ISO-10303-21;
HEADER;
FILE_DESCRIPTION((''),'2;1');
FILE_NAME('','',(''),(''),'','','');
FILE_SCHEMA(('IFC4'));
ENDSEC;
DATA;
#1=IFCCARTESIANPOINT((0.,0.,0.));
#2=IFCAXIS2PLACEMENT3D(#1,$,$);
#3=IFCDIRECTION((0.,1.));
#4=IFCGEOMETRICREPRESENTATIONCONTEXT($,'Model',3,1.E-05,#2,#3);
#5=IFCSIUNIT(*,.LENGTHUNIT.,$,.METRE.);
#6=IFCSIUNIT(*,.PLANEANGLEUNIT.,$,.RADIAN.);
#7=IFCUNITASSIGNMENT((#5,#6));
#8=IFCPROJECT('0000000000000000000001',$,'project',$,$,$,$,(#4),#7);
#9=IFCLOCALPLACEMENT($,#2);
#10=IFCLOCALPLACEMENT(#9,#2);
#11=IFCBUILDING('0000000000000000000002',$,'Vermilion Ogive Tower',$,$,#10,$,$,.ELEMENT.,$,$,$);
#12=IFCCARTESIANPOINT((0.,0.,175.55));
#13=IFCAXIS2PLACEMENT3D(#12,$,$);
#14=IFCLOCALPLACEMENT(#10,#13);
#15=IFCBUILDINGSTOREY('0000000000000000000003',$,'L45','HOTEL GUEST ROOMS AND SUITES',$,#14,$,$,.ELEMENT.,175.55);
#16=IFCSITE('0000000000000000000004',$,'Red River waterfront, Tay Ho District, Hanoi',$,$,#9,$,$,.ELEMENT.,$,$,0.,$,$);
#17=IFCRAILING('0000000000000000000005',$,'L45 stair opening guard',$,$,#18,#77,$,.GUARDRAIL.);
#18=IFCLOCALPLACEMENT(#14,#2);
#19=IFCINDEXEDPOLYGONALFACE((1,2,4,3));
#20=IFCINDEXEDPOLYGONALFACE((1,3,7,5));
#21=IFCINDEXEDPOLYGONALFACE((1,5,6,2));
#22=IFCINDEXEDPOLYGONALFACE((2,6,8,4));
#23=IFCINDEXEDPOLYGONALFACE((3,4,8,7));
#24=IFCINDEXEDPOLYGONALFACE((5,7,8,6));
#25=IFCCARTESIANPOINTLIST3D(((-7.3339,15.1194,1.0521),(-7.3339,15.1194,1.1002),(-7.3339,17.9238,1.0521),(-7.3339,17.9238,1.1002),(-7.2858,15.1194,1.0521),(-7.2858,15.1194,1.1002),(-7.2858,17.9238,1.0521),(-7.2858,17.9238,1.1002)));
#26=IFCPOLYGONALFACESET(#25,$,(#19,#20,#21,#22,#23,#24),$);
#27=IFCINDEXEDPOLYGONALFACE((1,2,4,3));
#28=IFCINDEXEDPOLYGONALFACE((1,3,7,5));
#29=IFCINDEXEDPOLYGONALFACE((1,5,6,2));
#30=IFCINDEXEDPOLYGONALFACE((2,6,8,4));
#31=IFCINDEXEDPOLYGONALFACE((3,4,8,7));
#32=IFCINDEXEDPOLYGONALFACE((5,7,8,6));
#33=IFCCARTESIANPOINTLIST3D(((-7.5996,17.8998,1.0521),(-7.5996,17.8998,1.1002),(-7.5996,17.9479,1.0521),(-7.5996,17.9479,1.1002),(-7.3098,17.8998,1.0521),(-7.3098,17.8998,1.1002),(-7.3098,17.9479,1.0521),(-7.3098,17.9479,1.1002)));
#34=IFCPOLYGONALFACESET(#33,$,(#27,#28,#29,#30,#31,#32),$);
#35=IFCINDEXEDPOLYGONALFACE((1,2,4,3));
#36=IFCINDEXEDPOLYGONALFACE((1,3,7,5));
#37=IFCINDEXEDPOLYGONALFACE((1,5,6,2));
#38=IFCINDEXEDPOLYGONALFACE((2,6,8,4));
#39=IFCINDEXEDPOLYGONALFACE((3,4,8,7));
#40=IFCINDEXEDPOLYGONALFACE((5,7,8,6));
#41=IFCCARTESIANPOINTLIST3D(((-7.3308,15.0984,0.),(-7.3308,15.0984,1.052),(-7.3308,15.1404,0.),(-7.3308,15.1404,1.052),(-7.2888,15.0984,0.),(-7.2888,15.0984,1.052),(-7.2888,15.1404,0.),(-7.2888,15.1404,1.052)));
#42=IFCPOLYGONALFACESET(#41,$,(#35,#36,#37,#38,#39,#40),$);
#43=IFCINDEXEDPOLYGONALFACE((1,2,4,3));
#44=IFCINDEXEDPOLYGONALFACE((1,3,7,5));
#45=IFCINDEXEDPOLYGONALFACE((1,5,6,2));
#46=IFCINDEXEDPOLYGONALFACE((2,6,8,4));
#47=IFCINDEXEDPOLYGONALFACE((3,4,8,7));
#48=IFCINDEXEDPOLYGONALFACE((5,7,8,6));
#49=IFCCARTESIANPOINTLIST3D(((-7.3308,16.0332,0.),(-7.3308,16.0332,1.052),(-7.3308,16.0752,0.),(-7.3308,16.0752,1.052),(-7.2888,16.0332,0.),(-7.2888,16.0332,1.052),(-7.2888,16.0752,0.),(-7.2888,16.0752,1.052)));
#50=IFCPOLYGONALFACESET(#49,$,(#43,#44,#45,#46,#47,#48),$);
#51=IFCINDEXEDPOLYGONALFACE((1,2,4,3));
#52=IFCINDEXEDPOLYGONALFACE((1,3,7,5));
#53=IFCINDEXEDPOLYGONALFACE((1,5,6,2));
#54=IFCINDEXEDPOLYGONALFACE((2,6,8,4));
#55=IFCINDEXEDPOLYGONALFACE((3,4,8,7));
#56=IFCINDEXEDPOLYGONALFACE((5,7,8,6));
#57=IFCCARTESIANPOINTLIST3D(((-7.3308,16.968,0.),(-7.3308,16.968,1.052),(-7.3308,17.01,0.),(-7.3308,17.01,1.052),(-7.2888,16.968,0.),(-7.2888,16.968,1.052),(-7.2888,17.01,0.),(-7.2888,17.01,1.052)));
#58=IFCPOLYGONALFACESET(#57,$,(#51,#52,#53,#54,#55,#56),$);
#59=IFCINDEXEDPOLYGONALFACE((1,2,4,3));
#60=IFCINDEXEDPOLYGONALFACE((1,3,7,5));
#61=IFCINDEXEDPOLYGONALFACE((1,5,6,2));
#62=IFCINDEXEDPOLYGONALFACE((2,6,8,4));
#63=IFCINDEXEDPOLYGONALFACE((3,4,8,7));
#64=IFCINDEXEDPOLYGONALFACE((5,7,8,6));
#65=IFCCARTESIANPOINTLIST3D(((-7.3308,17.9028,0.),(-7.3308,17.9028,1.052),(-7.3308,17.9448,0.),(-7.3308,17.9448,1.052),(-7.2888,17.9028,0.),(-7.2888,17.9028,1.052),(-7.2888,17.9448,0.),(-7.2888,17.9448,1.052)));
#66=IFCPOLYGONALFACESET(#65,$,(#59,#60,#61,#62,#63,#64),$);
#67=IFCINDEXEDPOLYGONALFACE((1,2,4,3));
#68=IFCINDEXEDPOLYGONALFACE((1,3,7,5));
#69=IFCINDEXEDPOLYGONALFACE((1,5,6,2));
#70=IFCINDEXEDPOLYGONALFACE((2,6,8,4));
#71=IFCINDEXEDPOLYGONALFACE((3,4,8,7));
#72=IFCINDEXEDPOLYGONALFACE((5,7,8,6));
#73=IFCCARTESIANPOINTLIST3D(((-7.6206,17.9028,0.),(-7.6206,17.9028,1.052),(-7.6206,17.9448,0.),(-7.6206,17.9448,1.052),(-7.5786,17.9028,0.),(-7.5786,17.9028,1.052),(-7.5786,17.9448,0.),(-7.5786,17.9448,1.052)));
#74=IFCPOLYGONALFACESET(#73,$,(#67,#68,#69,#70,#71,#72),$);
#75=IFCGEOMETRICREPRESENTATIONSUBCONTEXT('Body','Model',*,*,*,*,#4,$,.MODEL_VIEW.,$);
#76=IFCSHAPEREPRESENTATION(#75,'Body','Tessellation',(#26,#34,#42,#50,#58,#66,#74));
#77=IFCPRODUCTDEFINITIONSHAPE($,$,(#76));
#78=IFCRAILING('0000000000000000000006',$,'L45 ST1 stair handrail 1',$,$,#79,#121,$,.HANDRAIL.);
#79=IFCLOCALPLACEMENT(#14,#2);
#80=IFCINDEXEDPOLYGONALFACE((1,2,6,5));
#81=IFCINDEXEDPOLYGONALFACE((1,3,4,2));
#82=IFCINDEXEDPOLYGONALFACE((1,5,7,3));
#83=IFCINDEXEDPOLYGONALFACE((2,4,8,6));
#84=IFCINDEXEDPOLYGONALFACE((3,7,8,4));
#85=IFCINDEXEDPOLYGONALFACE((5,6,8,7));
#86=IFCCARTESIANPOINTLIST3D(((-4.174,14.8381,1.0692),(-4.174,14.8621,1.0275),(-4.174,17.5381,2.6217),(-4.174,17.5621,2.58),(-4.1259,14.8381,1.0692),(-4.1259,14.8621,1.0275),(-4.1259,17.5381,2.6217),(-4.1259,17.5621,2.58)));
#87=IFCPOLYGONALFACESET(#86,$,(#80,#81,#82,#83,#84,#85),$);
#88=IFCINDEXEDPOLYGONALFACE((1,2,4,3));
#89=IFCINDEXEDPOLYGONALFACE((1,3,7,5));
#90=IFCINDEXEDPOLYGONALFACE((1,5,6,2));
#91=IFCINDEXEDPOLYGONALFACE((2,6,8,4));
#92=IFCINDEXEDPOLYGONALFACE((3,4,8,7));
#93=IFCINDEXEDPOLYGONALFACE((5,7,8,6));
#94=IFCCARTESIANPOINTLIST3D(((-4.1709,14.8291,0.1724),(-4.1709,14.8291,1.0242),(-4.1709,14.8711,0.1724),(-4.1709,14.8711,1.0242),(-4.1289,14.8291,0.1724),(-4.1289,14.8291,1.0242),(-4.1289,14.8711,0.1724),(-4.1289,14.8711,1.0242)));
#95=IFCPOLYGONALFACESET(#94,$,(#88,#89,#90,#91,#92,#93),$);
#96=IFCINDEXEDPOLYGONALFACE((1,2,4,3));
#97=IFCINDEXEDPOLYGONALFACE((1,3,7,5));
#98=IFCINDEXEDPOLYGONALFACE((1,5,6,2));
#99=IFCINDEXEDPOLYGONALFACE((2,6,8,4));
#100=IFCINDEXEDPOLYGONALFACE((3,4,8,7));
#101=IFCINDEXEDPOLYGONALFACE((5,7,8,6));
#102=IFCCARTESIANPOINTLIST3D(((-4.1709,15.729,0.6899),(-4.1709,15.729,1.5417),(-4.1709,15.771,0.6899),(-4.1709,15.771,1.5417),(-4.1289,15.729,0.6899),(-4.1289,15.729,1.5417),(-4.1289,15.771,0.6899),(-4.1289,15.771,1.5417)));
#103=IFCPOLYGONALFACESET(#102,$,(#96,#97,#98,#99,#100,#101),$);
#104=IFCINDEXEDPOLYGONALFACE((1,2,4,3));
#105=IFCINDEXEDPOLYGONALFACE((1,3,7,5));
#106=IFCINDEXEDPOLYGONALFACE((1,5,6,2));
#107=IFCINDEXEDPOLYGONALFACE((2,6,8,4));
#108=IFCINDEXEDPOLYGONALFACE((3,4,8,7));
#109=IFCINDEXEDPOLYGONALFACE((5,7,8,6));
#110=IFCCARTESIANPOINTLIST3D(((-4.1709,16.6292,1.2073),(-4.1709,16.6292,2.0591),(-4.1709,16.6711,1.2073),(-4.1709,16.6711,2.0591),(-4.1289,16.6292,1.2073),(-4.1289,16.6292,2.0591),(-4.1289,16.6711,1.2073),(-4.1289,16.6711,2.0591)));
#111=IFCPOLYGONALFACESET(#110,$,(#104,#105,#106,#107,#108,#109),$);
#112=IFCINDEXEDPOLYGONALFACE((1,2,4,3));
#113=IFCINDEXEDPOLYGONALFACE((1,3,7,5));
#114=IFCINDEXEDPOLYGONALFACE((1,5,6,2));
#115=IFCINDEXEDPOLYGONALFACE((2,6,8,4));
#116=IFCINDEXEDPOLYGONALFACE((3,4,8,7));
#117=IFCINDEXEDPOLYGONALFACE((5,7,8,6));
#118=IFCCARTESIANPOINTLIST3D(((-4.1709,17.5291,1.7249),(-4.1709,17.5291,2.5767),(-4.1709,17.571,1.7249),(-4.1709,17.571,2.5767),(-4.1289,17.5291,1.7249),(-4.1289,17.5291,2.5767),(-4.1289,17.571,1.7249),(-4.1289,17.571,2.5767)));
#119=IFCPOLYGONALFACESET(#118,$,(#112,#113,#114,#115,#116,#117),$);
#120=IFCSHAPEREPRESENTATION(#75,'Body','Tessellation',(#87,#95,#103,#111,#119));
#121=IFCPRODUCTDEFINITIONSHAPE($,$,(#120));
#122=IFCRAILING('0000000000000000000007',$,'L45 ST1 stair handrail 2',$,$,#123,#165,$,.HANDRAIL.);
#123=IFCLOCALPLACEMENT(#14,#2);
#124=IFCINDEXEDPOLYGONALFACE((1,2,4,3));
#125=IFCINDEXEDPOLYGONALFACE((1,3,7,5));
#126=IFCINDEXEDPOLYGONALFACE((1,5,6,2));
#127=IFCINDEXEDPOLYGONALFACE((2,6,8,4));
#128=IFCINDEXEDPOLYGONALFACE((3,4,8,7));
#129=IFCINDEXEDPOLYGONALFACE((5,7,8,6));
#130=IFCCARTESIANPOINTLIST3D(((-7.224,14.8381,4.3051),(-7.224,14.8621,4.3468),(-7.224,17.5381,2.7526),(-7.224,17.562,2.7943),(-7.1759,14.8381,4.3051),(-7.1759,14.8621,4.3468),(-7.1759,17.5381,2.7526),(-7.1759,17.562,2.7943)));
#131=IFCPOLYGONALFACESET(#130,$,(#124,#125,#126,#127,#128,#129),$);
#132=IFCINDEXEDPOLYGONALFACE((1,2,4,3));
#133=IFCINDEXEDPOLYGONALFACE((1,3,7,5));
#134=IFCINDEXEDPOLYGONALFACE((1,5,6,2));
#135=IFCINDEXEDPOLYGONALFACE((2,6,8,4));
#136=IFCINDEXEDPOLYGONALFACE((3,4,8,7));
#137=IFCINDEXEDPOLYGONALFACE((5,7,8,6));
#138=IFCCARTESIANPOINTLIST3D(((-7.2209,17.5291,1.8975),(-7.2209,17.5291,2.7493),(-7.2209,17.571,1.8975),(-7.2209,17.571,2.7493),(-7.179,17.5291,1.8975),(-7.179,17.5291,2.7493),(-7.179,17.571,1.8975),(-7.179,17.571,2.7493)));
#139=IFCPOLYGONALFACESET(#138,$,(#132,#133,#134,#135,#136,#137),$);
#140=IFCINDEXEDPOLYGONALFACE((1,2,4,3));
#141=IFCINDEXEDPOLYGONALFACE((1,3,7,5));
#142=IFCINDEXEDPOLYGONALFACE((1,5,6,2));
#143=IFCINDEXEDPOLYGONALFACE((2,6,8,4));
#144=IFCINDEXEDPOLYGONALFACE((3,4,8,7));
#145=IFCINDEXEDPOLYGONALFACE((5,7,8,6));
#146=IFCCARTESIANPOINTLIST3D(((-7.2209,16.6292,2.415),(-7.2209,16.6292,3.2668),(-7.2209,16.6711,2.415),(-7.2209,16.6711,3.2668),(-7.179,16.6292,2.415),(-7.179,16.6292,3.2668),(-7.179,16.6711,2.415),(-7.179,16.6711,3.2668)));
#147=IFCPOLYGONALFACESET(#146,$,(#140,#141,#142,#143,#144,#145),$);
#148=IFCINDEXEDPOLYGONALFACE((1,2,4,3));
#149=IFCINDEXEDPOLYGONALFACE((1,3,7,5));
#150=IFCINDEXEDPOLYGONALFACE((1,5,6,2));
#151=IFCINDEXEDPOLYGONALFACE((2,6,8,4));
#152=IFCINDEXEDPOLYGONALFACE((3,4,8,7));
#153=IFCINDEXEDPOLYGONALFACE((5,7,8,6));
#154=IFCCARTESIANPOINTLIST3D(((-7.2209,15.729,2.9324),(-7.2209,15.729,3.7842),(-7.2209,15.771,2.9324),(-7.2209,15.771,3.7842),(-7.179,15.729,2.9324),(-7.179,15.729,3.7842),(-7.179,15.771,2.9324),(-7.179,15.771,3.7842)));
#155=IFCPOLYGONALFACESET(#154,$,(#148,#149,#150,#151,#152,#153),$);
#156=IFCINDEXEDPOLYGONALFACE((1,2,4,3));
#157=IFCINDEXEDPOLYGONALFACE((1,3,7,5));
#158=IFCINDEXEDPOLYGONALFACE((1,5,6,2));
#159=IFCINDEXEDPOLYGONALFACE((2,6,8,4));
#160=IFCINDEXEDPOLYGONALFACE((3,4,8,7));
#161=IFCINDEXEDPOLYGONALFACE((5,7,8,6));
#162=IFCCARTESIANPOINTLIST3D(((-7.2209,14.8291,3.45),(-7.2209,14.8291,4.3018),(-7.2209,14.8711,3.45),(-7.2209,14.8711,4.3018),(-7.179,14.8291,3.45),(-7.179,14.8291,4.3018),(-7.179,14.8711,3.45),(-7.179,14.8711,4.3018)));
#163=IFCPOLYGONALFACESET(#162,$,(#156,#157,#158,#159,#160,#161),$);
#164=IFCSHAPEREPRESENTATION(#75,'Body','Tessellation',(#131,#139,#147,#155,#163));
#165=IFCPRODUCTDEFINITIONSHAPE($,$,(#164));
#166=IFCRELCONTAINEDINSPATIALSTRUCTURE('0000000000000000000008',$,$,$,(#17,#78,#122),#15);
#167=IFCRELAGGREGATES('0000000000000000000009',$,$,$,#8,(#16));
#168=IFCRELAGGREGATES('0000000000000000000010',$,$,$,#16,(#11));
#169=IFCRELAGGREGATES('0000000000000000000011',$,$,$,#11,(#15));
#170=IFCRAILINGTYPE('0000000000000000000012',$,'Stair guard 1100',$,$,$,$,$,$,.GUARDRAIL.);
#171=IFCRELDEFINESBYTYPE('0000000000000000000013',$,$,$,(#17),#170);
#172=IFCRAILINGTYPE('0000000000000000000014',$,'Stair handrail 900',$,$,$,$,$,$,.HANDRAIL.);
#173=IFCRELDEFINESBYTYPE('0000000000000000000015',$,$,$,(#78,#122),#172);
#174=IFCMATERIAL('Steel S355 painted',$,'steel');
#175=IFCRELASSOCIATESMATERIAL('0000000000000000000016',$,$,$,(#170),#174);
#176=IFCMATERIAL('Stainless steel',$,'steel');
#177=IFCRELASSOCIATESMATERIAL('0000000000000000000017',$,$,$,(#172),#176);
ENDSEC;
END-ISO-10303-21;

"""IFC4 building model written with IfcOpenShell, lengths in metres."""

from ifc_helpers import new_model, si_unit, direction, frame, origin, origin_2d, place, context, subcontext, project, spatial, rectangle, extrude, material, type_object, element, save


model = new_model("IFC4")

# Units and contexts
model_context = context("Model", 3, precision=1e-05, world=origin(), true_north=direction((0.0, 1.0)))
body_context = subcontext(model_context, "Body", "Model", "MODEL_VIEW")
ifc_project = project(units=[si_unit("LENGTHUNIT", "METRE"), si_unit("PLANEANGLEUNIT", "RADIAN")], contexts=[model_context])

# Site, building, storey
site_placement = place(None, origin())
site = spatial("IfcSite", under=ifc_project, at=site_placement, Name="Red River waterfront, Tay Ho District, Hanoi", CompositionType="ELEMENT", RefElevation=0.0)
building_placement = place(site_placement, origin())
building = spatial("IfcBuilding", under=site, at=building_placement, Name="Vermilion Ogive Tower", CompositionType="ELEMENT")
storey_placement = place(building_placement, frame((0.0, 0.0, 175.55)))
storey = spatial("IfcBuildingStorey", under=building, at=storey_placement, Name="L45", Description="HOTEL GUEST ROOMS AND SUITES", CompositionType="ELEMENT", Elevation=175.55)

# Railings
ifc_material_1 = material(Name="Steel S355 painted", Category="steel")
railing_type_1 = type_object("IfcRailingType", Name="Stair guard 1100", PredefinedType="GUARDRAIL", material=ifc_material_1)
railing_1_placement = place(storey_placement, frame((-7.3098, 15.1194, 0.0)))
element("IfcRailing", 1, at=railing_1_placement, inside=storey, type_object=railing_type_1, Name="L45 stair opening guard", PredefinedType="GUARDRAIL", context=body_context, shape_type="SweptSolid", body=[
    extrude(rectangle(XDim=0.0481, YDim=0.0481, at=origin_2d()), frame((0.0, 0.0, 1.0762), z_axis=(0.0, 1.0, 0.0), x_axis=(-1.0, 0.0, 0.0)), (0.0, 0.0, 1.0), 2.8044),
    extrude(rectangle(XDim=0.0481, YDim=0.0481, at=origin_2d()), frame((0.0, 2.8044, 1.0762), z_axis=(-1.0, 0.0, 0.0), x_axis=(0.0, -1.0, 0.0)), (0.0, 0.0, 1.0), 0.2898),
    extrude(rectangle(XDim=0.042, YDim=0.042, at=origin_2d()), origin(), (0.0, 0.0, 1.0), 1.052),
    extrude(rectangle(XDim=0.042, YDim=0.042, at=origin_2d()), frame((0.0, 0.9348, 0.0)), (0.0, 0.0, 1.0), 1.052),
    extrude(rectangle(XDim=0.042, YDim=0.042, at=origin_2d()), frame((0.0, 1.8696, 0.0)), (0.0, 0.0, 1.0), 1.052),
    extrude(rectangle(XDim=0.042, YDim=0.042, at=origin_2d()), frame((0.0, 2.8044, 0.0)), (0.0, 0.0, 1.0), 1.052),
    extrude(rectangle(XDim=0.042, YDim=0.042, at=origin_2d()), frame((-0.2898, 2.8044, 0.0)), (0.0, 0.0, 1.0), 1.052),
])
ifc_material_2 = material(Name="Stainless steel", Category="steel")
railing_type_2 = type_object("IfcRailingType", Name="Stair handrail 900", PredefinedType="HANDRAIL", material=ifc_material_2)
railing_2_placement = place(storey_placement, frame((-4.1499, 14.8501, 0.1724)))
element("IfcRailing", 2, at=railing_2_placement, inside=storey, type_object=railing_type_2, Name="L45 ST1 stair handrail 1", PredefinedType="HANDRAIL", context=body_context, shape_type="SweptSolid", body=[
    extrude(rectangle(XDim=0.0481, YDim=0.0481, at=origin_2d()), frame((0.0, 0.0, 0.876), z_axis=(0.0, 0.866904, 0.498476), x_axis=(-1.0, 0.0, 0.0)), (0.0, 0.0, 1.0), 3.1145),
    extrude(rectangle(XDim=0.042, YDim=0.042, at=origin_2d()), origin(), (0.0, 0.0, 1.0), 0.8518),
    extrude(rectangle(XDim=0.042, YDim=0.042, at=origin_2d()), frame((0.0, 0.8999, 0.5176)), (0.0, 0.0, 1.0), 0.8518),
    extrude(rectangle(XDim=0.042, YDim=0.042, at=origin_2d()), frame((0.0, 1.8, 1.0349)), (0.0, 0.0, 1.0), 0.8518),
    extrude(rectangle(XDim=0.042, YDim=0.042, at=origin_2d()), frame((0.0, 2.7, 1.5525)), (0.0, 0.0, 1.0), 0.8518),
])
railing_3_placement = place(storey_placement, frame((-7.2, 17.55, 1.8975)))
element("IfcRailing", 3, at=railing_3_placement, inside=storey, type_object=railing_type_2, Name="L45 ST1 stair handrail 2", PredefinedType="HANDRAIL", context=body_context, shape_type="SweptSolid", body=[
    extrude(rectangle(XDim=0.0481, YDim=0.0481, at=origin_2d()), frame((0.0, 0.0, 0.876), z_axis=(0.0, -0.866904, 0.498476), x_axis=(1.0, 0.0, 0.0)), (0.0, 0.0, 1.0), 3.1145),
    extrude(rectangle(XDim=0.042, YDim=0.042, at=origin_2d()), origin(), (0.0, 0.0, 1.0), 0.8518),
    extrude(rectangle(XDim=0.042, YDim=0.042, at=origin_2d()), frame((0.0, -0.8999, 0.5176)), (0.0, 0.0, 1.0), 0.8518),
    extrude(rectangle(XDim=0.042, YDim=0.042, at=origin_2d()), frame((0.0, -1.8, 1.0349)), (0.0, 0.0, 1.0), 0.8518),
    extrude(rectangle(XDim=0.042, YDim=0.042, at=origin_2d()), frame((0.0, -2.7, 1.5525)), (0.0, 0.0, 1.0), 0.8518),
])

save(model, "model.ifc")
